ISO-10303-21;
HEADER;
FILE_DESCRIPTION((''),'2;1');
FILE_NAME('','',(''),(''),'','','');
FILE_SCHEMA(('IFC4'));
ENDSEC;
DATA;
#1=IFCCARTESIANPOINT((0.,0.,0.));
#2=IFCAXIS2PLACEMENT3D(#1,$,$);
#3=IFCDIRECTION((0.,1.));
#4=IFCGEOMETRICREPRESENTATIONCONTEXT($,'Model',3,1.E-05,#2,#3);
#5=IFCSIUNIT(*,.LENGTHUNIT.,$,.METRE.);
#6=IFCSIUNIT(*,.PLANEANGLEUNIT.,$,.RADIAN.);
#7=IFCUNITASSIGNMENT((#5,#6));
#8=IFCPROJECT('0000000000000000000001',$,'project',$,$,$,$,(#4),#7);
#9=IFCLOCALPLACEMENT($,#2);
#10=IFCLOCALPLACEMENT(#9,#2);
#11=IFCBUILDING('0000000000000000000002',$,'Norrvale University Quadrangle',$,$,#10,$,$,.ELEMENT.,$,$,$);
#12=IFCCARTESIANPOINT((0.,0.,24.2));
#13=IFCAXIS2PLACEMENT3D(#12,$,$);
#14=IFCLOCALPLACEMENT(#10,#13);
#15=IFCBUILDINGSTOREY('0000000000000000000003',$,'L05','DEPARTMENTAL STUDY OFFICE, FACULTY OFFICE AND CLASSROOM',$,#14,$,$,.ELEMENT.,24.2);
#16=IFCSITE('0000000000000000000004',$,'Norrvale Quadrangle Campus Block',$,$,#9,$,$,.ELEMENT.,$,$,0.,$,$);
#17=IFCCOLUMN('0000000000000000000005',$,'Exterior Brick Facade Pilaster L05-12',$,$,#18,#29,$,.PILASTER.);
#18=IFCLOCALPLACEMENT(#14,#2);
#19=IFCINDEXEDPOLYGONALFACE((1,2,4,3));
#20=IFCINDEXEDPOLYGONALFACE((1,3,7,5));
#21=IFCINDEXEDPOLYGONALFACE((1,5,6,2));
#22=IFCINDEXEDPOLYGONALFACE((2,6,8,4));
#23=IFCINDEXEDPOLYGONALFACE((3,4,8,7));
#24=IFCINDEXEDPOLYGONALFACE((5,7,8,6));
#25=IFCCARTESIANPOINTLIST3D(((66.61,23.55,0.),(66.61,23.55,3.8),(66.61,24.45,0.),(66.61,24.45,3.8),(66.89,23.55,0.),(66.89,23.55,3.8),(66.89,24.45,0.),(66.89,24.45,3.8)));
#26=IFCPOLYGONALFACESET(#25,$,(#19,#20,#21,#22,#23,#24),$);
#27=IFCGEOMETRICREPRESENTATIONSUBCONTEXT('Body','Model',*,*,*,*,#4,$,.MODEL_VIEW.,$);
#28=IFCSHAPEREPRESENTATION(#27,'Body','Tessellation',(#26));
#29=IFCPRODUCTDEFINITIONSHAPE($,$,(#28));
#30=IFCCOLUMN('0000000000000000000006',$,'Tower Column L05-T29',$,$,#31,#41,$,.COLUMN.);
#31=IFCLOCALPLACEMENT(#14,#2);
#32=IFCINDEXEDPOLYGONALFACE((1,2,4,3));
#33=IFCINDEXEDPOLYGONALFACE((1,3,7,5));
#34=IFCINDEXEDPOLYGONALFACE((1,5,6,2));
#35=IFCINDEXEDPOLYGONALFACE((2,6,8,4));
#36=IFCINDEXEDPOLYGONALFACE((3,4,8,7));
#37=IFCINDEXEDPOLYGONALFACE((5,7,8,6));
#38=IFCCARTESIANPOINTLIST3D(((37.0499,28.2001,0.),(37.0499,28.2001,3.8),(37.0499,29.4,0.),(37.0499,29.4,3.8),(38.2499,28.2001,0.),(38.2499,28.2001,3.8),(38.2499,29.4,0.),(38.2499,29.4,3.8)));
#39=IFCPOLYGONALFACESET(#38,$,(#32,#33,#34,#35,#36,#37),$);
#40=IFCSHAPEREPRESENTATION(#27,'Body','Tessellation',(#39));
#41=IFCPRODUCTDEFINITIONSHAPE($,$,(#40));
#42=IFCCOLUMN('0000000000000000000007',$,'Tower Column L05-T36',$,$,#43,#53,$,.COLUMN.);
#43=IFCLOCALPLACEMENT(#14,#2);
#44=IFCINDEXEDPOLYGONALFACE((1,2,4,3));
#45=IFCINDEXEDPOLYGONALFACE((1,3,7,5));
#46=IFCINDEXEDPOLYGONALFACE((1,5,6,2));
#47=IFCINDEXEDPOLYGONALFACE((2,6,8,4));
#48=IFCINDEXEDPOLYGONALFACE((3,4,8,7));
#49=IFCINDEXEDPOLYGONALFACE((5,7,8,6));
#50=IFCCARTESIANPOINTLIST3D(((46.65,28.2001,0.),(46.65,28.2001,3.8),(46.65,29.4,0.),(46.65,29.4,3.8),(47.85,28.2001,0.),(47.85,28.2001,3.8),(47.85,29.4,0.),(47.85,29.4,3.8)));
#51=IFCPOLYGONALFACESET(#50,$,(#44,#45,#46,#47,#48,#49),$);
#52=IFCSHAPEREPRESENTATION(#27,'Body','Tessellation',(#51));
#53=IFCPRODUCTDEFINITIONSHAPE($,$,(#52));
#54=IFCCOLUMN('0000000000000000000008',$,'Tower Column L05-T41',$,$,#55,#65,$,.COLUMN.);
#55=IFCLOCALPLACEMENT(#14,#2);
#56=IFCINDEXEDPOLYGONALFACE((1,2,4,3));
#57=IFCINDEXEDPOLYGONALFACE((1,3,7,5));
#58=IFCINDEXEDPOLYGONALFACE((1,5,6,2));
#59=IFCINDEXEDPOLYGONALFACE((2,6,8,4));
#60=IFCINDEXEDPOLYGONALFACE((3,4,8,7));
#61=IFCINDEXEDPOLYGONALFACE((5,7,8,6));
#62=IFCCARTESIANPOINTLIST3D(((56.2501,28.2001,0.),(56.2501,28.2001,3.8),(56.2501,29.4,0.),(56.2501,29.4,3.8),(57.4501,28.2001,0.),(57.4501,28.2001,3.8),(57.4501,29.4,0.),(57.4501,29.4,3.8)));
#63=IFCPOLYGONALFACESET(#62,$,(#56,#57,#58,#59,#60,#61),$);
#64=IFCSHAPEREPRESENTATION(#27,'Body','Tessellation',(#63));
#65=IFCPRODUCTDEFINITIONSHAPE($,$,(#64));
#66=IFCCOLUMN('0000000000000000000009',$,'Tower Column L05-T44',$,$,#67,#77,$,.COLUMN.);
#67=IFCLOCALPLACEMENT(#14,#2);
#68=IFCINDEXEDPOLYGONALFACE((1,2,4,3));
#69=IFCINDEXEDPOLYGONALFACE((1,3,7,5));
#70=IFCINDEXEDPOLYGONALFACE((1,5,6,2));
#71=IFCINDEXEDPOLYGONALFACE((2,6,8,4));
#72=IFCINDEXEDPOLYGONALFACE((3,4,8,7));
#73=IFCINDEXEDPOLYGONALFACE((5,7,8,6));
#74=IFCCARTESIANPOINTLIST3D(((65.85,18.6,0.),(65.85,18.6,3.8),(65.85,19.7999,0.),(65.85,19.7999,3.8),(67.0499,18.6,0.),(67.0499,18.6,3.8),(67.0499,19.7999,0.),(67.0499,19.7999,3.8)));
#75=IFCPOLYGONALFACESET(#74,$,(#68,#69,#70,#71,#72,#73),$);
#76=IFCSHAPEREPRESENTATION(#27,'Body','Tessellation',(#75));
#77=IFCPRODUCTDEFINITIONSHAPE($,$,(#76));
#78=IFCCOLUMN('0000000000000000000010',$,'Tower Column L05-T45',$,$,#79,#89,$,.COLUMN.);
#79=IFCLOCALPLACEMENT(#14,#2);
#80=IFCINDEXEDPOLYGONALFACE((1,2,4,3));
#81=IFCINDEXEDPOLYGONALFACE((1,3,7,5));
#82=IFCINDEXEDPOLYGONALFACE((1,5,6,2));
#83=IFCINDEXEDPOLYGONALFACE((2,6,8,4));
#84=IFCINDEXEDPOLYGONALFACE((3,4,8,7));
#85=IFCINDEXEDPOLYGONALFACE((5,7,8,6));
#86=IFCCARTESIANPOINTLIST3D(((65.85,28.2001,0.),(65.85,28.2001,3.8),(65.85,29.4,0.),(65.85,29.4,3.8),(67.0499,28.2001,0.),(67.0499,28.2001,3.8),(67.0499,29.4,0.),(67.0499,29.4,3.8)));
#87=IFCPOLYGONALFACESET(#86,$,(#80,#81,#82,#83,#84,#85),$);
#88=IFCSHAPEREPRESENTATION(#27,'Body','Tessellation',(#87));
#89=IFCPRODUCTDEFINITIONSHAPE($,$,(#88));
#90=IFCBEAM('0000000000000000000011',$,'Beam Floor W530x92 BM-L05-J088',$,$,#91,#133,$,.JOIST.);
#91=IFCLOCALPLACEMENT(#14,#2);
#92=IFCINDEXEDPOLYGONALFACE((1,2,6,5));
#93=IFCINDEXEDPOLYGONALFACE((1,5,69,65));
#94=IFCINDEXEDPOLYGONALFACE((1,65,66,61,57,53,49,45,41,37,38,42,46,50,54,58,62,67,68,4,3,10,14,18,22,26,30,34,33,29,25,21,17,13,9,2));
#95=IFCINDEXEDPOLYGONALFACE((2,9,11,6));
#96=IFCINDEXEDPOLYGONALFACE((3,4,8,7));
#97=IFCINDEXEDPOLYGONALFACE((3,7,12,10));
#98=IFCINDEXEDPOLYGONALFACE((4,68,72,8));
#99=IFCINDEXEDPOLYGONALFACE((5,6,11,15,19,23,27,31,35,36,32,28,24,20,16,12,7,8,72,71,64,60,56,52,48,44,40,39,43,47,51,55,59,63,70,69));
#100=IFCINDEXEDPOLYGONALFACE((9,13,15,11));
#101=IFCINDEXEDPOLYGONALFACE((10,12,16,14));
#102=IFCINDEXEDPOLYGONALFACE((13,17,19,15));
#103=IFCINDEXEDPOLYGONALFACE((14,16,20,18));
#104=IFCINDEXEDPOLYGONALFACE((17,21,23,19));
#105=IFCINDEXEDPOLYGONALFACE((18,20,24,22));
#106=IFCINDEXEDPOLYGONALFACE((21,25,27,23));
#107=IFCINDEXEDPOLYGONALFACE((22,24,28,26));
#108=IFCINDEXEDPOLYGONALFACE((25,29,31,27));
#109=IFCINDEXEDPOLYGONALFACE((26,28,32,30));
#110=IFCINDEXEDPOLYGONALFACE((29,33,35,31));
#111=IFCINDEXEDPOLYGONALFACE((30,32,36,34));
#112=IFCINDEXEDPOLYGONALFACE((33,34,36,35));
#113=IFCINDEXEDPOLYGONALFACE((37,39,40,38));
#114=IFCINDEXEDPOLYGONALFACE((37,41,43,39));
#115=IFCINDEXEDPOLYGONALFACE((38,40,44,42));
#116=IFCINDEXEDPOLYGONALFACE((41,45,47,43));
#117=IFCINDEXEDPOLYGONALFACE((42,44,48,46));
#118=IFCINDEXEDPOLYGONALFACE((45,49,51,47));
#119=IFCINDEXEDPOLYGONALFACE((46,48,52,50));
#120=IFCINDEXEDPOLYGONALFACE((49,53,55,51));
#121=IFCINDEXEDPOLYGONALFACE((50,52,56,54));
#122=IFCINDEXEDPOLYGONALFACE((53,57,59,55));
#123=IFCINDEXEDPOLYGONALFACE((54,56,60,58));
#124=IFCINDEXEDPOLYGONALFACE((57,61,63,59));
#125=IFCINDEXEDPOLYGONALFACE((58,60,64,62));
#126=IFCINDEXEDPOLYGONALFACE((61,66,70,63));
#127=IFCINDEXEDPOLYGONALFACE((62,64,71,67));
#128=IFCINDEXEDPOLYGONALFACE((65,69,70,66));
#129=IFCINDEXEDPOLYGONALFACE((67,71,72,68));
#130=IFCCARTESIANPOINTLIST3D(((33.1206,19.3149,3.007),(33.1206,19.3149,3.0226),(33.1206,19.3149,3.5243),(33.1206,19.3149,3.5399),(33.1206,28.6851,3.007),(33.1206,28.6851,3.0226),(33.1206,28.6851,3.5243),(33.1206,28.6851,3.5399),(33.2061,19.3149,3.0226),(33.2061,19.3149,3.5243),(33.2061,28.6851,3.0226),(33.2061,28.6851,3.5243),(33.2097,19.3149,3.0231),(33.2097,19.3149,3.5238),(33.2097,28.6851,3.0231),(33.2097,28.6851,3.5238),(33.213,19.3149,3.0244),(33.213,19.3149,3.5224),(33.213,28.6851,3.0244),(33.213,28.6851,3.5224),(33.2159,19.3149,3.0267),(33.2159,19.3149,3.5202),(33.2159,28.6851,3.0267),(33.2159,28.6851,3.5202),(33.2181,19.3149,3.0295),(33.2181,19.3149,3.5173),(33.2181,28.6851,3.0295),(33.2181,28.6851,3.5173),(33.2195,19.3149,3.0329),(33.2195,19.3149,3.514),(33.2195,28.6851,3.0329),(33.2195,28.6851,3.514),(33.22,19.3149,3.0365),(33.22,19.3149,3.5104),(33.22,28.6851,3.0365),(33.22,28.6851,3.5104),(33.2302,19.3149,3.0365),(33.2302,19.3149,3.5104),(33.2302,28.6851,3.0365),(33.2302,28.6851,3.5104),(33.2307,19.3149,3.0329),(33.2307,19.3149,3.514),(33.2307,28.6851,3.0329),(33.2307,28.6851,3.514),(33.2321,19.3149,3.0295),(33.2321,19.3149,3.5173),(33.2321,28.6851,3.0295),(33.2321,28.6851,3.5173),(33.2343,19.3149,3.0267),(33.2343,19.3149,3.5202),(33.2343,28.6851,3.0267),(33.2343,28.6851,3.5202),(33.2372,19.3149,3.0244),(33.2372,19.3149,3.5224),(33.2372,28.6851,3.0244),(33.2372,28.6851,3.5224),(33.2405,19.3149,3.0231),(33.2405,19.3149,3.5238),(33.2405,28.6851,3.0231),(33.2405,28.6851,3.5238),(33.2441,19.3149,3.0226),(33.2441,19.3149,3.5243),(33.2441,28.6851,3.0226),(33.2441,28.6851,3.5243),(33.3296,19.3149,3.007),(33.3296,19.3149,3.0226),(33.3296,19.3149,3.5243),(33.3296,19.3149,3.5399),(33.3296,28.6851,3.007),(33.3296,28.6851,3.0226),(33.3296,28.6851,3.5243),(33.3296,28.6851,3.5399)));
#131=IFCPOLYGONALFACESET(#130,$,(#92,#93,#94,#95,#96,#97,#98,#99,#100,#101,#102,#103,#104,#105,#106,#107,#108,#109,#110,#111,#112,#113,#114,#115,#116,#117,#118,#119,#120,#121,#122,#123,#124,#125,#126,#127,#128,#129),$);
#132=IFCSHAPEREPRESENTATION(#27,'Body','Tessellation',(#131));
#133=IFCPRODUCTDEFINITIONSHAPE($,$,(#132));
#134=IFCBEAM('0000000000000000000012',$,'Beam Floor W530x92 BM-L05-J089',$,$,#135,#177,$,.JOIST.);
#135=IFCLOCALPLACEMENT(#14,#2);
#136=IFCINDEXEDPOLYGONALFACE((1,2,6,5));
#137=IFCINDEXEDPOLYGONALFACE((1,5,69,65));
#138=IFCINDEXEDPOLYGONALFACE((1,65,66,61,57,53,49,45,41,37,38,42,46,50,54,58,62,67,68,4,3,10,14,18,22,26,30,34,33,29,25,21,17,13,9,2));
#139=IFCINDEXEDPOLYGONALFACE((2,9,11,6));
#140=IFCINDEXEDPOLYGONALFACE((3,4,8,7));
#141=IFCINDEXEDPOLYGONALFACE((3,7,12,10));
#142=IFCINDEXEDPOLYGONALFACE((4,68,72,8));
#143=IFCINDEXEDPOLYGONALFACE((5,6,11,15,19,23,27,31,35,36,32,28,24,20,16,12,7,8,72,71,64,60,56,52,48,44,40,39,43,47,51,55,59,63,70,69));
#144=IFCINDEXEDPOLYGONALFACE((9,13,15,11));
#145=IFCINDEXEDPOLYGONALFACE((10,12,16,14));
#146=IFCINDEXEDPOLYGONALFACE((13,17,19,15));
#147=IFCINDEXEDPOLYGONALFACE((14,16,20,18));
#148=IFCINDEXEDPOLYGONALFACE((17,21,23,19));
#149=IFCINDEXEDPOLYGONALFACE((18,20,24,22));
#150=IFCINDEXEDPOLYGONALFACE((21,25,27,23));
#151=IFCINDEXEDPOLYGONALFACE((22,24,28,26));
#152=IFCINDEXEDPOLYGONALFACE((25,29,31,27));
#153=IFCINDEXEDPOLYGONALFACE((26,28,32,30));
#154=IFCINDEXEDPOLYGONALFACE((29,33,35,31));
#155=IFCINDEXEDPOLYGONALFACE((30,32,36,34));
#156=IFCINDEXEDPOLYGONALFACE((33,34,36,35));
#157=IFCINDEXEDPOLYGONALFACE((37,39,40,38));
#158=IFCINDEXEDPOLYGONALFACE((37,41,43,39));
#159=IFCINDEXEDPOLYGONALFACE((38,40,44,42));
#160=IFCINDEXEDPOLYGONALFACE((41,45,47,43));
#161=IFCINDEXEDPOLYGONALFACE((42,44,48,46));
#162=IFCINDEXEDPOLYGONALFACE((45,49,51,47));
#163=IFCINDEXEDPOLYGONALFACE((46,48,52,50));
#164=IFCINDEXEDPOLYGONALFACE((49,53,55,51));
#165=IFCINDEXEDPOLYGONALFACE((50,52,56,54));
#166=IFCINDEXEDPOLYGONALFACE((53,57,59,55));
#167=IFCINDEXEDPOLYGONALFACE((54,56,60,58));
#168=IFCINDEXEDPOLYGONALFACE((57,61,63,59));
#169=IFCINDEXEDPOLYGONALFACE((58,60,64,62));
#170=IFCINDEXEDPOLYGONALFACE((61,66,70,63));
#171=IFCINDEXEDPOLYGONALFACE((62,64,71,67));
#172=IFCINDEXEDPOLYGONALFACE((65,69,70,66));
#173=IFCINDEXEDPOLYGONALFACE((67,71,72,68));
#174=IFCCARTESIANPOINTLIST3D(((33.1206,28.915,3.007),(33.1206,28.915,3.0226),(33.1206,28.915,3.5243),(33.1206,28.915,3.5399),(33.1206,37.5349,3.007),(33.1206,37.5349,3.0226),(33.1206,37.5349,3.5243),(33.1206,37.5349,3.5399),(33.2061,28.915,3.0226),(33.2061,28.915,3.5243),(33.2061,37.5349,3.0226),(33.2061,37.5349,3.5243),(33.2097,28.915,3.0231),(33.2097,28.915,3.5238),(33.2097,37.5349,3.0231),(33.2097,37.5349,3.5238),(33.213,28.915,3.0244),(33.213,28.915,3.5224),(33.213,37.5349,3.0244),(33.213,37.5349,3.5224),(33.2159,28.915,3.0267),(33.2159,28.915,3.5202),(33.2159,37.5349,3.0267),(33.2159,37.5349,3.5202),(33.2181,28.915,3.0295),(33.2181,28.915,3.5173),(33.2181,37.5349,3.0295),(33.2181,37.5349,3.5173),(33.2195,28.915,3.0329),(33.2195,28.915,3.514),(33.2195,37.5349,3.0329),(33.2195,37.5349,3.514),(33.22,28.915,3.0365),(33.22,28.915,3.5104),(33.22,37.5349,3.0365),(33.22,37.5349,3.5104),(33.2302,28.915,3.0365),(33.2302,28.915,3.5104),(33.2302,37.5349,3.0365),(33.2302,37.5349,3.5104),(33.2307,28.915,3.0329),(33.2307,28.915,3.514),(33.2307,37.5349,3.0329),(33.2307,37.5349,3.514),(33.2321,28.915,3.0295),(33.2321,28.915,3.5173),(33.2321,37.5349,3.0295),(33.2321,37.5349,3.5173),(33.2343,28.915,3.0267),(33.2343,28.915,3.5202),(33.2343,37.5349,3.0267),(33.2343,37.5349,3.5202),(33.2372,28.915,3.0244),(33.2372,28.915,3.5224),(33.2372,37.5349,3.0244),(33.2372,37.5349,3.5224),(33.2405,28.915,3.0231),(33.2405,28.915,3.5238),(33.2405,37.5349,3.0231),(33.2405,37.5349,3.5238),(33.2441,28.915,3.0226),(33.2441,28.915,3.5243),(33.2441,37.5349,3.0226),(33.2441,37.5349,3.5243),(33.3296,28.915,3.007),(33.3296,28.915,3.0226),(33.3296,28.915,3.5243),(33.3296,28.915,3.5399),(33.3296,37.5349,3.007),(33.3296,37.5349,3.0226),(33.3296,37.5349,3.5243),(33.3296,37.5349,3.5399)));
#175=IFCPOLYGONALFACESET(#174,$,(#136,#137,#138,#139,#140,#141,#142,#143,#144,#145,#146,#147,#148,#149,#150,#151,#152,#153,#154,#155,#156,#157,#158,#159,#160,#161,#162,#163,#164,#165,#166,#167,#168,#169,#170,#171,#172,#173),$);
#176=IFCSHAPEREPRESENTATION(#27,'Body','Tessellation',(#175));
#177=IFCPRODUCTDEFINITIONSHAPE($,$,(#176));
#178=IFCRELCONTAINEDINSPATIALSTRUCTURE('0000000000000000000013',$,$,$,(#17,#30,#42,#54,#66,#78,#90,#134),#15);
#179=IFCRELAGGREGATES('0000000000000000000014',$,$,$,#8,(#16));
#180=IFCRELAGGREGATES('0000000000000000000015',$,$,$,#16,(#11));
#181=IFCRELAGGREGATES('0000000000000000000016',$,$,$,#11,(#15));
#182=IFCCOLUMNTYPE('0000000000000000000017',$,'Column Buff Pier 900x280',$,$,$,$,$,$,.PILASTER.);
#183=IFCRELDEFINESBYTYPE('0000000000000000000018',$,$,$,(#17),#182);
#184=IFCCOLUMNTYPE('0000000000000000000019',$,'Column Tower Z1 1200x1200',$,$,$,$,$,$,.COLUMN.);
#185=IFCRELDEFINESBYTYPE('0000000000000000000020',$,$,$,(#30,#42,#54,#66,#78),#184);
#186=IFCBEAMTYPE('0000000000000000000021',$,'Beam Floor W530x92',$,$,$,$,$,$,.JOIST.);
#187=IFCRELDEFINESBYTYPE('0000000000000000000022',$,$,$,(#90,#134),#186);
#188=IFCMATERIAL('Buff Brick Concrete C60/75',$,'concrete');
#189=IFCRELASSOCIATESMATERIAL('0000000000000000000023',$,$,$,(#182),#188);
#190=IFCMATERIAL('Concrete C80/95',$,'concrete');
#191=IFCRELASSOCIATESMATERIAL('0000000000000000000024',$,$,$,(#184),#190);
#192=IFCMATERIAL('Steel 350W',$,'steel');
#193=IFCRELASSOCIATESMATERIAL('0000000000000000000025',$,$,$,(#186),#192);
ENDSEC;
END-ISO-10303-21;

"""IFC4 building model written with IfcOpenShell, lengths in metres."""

from ifc_helpers import new_model, si_unit, direction, frame, origin, origin_2d, place, context, subcontext, project, spatial, rectangle, i_section, extrude, material, material_profile, profile_set, type_object, element, save


model = new_model("IFC4")

# Units and contexts
model_context = context("Model", 3, precision=1e-05, world=origin(), true_north=direction((0.0, 1.0)))
body_context = subcontext(model_context, "Body", "Model", "MODEL_VIEW")
ifc_project = project(units=[si_unit("LENGTHUNIT", "METRE"), si_unit("PLANEANGLEUNIT", "RADIAN")], contexts=[model_context])

# Site, building, storey
site_placement = place(None, origin())
site = spatial("IfcSite", under=ifc_project, at=site_placement, Name="Norrvale Quadrangle Campus Block", CompositionType="ELEMENT", RefElevation=0.0)
building_placement = place(site_placement, origin())
building = spatial("IfcBuilding", under=site, at=building_placement, Name="Norrvale University Quadrangle", CompositionType="ELEMENT")
storey_placement = place(building_placement, frame((0.0, 0.0, 24.2)))
storey = spatial("IfcBuildingStorey", under=building, at=storey_placement, Name="L05", Description="DEPARTMENTAL STUDY OFFICE, FACULTY OFFICE AND CLASSROOM", CompositionType="ELEMENT", Elevation=24.2)

# Columns
ifc_material_1 = material(Name="Buff Brick Concrete C60/75", Category="concrete")
ifc_material_profile_1 = material_profile(ifc_material_1, rectangle(XDim=0.8999, YDim=0.28, at=origin_2d()), Name="Buff Brick Concrete C60/75")
ifc_profile_set_1 = profile_set([ifc_material_profile_1], Name="Buff Brick Concrete C60/75")
column_type_1 = type_object("IfcColumnType", Name="Column Buff Pier 900x280", PredefinedType="PILASTER", material=ifc_profile_set_1)
column_placement = place(storey_placement, frame((66.75, 24.0, 0.0), z_axis=(0.0, 0.0, 1.0), x_axis=(0.0, 1.0, 0.0)))
element("IfcColumn", 1, at=column_placement, inside=storey, type_object=column_type_1, Name="Exterior Brick Facade Pilaster L05-12", PredefinedType="PILASTER", context=body_context, shape_type="SweptSolid", body=[
    extrude(rectangle(XDim=0.8999, YDim=0.28, at=origin_2d()), origin(), (0.0, 0.0, 1.0), 3.8),
])
ifc_material_2 = material(Name="Concrete C80/95", Category="concrete")
ifc_material_profile_2 = material_profile(ifc_material_2, rectangle(XDim=1.2, YDim=1.2, at=origin_2d()), Name="Concrete C80/95")
ifc_profile_set_2 = profile_set([ifc_material_profile_2], Name="Concrete C80/95")
column_type_2 = type_object("IfcColumnType", Name="Column Tower Z1 1200x1200", PredefinedType="COLUMN", material=ifc_profile_set_2)
for number, where, z_axis, x_axis, name in (
    (2, (37.6499, 28.8, 0.0), (0.0, 0.0, 1.0), (1.0, 0.0, 0.0), "Tower Column L05-T29"),
    (3, (47.25, 28.8, 0.0), (0.0, 0.0, 1.0), (1.0, 0.0, 0.0), "Tower Column L05-T36"),
    (4, (56.8501, 28.8, 0.0), (0.0, 0.0, 1.0), (1.0, 0.0, 0.0), "Tower Column L05-T41"),
    (5, (66.45, 19.2, 0.0), (0.0, 0.0, 1.0), (1.0, 0.0, 0.0), "Tower Column L05-T44"),
    (6, (66.45, 28.8, 0.0), (0.0, 0.0, 1.0), (1.0, 0.0, 0.0), "Tower Column L05-T45"),
):
    element("IfcColumn", number, at=place(storey_placement, frame(where, z_axis=z_axis, x_axis=x_axis)), inside=storey, type_object=column_type_2, Name=name, PredefinedType="COLUMN", context=body_context, shape_type="SweptSolid", body=[
        extrude(rectangle(XDim=1.2, YDim=1.2, at=origin_2d()), origin(), (0.0, 0.0, 1.0), 3.8),
    ])

# Beams
ifc_material_3 = material(Name="Steel 350W", Category="steel")
ifc_material_profile_3 = material_profile(ifc_material_3, i_section(OverallWidth=0.209, OverallDepth=0.533, WebThickness=0.0103, FlangeThickness=0.0156, FilletRadius=0.0139, at=origin_2d()), Name="Steel 350W")
ifc_profile_set_3 = profile_set([ifc_material_profile_3], Name="Steel 350W")
beam_type_1 = type_object("IfcBeamType", Name="Beam Floor W530x92", PredefinedType="JOIST", material=ifc_profile_set_3)
beam_1_placement = place(storey_placement, frame((33.2251, 19.3149, 3.2734), z_axis=(0.0, 1.0, 0.0), x_axis=(-1.0, 0.0, 0.0)))
element("IfcBeam", 7, at=beam_1_placement, inside=storey, type_object=beam_type_1, Name="Beam Floor W530x92 BM-L05-J088", PredefinedType="JOIST", context=body_context, shape_type="SweptSolid", body=[
    extrude(i_section(OverallWidth=0.209, OverallDepth=0.533, WebThickness=0.0103, FlangeThickness=0.0156, FilletRadius=0.0139, at=origin_2d()), origin(), (0.0, 0.0, 1.0), 9.3701),
])
beam_2_placement = place(storey_placement, frame((33.2251, 28.915, 3.2734), z_axis=(0.0, 1.0, 0.0), x_axis=(-1.0, 0.0, 0.0)))
element("IfcBeam", 8, at=beam_2_placement, inside=storey, type_object=beam_type_1, Name="Beam Floor W530x92 BM-L05-J089", PredefinedType="JOIST", context=body_context, shape_type="SweptSolid", body=[
    extrude(i_section(OverallWidth=0.209, OverallDepth=0.533, WebThickness=0.0103, FlangeThickness=0.0156, FilletRadius=0.0139, at=origin_2d()), origin(), (0.0, 0.0, 1.0), 8.6199),
])

save(model, "model.ifc")
